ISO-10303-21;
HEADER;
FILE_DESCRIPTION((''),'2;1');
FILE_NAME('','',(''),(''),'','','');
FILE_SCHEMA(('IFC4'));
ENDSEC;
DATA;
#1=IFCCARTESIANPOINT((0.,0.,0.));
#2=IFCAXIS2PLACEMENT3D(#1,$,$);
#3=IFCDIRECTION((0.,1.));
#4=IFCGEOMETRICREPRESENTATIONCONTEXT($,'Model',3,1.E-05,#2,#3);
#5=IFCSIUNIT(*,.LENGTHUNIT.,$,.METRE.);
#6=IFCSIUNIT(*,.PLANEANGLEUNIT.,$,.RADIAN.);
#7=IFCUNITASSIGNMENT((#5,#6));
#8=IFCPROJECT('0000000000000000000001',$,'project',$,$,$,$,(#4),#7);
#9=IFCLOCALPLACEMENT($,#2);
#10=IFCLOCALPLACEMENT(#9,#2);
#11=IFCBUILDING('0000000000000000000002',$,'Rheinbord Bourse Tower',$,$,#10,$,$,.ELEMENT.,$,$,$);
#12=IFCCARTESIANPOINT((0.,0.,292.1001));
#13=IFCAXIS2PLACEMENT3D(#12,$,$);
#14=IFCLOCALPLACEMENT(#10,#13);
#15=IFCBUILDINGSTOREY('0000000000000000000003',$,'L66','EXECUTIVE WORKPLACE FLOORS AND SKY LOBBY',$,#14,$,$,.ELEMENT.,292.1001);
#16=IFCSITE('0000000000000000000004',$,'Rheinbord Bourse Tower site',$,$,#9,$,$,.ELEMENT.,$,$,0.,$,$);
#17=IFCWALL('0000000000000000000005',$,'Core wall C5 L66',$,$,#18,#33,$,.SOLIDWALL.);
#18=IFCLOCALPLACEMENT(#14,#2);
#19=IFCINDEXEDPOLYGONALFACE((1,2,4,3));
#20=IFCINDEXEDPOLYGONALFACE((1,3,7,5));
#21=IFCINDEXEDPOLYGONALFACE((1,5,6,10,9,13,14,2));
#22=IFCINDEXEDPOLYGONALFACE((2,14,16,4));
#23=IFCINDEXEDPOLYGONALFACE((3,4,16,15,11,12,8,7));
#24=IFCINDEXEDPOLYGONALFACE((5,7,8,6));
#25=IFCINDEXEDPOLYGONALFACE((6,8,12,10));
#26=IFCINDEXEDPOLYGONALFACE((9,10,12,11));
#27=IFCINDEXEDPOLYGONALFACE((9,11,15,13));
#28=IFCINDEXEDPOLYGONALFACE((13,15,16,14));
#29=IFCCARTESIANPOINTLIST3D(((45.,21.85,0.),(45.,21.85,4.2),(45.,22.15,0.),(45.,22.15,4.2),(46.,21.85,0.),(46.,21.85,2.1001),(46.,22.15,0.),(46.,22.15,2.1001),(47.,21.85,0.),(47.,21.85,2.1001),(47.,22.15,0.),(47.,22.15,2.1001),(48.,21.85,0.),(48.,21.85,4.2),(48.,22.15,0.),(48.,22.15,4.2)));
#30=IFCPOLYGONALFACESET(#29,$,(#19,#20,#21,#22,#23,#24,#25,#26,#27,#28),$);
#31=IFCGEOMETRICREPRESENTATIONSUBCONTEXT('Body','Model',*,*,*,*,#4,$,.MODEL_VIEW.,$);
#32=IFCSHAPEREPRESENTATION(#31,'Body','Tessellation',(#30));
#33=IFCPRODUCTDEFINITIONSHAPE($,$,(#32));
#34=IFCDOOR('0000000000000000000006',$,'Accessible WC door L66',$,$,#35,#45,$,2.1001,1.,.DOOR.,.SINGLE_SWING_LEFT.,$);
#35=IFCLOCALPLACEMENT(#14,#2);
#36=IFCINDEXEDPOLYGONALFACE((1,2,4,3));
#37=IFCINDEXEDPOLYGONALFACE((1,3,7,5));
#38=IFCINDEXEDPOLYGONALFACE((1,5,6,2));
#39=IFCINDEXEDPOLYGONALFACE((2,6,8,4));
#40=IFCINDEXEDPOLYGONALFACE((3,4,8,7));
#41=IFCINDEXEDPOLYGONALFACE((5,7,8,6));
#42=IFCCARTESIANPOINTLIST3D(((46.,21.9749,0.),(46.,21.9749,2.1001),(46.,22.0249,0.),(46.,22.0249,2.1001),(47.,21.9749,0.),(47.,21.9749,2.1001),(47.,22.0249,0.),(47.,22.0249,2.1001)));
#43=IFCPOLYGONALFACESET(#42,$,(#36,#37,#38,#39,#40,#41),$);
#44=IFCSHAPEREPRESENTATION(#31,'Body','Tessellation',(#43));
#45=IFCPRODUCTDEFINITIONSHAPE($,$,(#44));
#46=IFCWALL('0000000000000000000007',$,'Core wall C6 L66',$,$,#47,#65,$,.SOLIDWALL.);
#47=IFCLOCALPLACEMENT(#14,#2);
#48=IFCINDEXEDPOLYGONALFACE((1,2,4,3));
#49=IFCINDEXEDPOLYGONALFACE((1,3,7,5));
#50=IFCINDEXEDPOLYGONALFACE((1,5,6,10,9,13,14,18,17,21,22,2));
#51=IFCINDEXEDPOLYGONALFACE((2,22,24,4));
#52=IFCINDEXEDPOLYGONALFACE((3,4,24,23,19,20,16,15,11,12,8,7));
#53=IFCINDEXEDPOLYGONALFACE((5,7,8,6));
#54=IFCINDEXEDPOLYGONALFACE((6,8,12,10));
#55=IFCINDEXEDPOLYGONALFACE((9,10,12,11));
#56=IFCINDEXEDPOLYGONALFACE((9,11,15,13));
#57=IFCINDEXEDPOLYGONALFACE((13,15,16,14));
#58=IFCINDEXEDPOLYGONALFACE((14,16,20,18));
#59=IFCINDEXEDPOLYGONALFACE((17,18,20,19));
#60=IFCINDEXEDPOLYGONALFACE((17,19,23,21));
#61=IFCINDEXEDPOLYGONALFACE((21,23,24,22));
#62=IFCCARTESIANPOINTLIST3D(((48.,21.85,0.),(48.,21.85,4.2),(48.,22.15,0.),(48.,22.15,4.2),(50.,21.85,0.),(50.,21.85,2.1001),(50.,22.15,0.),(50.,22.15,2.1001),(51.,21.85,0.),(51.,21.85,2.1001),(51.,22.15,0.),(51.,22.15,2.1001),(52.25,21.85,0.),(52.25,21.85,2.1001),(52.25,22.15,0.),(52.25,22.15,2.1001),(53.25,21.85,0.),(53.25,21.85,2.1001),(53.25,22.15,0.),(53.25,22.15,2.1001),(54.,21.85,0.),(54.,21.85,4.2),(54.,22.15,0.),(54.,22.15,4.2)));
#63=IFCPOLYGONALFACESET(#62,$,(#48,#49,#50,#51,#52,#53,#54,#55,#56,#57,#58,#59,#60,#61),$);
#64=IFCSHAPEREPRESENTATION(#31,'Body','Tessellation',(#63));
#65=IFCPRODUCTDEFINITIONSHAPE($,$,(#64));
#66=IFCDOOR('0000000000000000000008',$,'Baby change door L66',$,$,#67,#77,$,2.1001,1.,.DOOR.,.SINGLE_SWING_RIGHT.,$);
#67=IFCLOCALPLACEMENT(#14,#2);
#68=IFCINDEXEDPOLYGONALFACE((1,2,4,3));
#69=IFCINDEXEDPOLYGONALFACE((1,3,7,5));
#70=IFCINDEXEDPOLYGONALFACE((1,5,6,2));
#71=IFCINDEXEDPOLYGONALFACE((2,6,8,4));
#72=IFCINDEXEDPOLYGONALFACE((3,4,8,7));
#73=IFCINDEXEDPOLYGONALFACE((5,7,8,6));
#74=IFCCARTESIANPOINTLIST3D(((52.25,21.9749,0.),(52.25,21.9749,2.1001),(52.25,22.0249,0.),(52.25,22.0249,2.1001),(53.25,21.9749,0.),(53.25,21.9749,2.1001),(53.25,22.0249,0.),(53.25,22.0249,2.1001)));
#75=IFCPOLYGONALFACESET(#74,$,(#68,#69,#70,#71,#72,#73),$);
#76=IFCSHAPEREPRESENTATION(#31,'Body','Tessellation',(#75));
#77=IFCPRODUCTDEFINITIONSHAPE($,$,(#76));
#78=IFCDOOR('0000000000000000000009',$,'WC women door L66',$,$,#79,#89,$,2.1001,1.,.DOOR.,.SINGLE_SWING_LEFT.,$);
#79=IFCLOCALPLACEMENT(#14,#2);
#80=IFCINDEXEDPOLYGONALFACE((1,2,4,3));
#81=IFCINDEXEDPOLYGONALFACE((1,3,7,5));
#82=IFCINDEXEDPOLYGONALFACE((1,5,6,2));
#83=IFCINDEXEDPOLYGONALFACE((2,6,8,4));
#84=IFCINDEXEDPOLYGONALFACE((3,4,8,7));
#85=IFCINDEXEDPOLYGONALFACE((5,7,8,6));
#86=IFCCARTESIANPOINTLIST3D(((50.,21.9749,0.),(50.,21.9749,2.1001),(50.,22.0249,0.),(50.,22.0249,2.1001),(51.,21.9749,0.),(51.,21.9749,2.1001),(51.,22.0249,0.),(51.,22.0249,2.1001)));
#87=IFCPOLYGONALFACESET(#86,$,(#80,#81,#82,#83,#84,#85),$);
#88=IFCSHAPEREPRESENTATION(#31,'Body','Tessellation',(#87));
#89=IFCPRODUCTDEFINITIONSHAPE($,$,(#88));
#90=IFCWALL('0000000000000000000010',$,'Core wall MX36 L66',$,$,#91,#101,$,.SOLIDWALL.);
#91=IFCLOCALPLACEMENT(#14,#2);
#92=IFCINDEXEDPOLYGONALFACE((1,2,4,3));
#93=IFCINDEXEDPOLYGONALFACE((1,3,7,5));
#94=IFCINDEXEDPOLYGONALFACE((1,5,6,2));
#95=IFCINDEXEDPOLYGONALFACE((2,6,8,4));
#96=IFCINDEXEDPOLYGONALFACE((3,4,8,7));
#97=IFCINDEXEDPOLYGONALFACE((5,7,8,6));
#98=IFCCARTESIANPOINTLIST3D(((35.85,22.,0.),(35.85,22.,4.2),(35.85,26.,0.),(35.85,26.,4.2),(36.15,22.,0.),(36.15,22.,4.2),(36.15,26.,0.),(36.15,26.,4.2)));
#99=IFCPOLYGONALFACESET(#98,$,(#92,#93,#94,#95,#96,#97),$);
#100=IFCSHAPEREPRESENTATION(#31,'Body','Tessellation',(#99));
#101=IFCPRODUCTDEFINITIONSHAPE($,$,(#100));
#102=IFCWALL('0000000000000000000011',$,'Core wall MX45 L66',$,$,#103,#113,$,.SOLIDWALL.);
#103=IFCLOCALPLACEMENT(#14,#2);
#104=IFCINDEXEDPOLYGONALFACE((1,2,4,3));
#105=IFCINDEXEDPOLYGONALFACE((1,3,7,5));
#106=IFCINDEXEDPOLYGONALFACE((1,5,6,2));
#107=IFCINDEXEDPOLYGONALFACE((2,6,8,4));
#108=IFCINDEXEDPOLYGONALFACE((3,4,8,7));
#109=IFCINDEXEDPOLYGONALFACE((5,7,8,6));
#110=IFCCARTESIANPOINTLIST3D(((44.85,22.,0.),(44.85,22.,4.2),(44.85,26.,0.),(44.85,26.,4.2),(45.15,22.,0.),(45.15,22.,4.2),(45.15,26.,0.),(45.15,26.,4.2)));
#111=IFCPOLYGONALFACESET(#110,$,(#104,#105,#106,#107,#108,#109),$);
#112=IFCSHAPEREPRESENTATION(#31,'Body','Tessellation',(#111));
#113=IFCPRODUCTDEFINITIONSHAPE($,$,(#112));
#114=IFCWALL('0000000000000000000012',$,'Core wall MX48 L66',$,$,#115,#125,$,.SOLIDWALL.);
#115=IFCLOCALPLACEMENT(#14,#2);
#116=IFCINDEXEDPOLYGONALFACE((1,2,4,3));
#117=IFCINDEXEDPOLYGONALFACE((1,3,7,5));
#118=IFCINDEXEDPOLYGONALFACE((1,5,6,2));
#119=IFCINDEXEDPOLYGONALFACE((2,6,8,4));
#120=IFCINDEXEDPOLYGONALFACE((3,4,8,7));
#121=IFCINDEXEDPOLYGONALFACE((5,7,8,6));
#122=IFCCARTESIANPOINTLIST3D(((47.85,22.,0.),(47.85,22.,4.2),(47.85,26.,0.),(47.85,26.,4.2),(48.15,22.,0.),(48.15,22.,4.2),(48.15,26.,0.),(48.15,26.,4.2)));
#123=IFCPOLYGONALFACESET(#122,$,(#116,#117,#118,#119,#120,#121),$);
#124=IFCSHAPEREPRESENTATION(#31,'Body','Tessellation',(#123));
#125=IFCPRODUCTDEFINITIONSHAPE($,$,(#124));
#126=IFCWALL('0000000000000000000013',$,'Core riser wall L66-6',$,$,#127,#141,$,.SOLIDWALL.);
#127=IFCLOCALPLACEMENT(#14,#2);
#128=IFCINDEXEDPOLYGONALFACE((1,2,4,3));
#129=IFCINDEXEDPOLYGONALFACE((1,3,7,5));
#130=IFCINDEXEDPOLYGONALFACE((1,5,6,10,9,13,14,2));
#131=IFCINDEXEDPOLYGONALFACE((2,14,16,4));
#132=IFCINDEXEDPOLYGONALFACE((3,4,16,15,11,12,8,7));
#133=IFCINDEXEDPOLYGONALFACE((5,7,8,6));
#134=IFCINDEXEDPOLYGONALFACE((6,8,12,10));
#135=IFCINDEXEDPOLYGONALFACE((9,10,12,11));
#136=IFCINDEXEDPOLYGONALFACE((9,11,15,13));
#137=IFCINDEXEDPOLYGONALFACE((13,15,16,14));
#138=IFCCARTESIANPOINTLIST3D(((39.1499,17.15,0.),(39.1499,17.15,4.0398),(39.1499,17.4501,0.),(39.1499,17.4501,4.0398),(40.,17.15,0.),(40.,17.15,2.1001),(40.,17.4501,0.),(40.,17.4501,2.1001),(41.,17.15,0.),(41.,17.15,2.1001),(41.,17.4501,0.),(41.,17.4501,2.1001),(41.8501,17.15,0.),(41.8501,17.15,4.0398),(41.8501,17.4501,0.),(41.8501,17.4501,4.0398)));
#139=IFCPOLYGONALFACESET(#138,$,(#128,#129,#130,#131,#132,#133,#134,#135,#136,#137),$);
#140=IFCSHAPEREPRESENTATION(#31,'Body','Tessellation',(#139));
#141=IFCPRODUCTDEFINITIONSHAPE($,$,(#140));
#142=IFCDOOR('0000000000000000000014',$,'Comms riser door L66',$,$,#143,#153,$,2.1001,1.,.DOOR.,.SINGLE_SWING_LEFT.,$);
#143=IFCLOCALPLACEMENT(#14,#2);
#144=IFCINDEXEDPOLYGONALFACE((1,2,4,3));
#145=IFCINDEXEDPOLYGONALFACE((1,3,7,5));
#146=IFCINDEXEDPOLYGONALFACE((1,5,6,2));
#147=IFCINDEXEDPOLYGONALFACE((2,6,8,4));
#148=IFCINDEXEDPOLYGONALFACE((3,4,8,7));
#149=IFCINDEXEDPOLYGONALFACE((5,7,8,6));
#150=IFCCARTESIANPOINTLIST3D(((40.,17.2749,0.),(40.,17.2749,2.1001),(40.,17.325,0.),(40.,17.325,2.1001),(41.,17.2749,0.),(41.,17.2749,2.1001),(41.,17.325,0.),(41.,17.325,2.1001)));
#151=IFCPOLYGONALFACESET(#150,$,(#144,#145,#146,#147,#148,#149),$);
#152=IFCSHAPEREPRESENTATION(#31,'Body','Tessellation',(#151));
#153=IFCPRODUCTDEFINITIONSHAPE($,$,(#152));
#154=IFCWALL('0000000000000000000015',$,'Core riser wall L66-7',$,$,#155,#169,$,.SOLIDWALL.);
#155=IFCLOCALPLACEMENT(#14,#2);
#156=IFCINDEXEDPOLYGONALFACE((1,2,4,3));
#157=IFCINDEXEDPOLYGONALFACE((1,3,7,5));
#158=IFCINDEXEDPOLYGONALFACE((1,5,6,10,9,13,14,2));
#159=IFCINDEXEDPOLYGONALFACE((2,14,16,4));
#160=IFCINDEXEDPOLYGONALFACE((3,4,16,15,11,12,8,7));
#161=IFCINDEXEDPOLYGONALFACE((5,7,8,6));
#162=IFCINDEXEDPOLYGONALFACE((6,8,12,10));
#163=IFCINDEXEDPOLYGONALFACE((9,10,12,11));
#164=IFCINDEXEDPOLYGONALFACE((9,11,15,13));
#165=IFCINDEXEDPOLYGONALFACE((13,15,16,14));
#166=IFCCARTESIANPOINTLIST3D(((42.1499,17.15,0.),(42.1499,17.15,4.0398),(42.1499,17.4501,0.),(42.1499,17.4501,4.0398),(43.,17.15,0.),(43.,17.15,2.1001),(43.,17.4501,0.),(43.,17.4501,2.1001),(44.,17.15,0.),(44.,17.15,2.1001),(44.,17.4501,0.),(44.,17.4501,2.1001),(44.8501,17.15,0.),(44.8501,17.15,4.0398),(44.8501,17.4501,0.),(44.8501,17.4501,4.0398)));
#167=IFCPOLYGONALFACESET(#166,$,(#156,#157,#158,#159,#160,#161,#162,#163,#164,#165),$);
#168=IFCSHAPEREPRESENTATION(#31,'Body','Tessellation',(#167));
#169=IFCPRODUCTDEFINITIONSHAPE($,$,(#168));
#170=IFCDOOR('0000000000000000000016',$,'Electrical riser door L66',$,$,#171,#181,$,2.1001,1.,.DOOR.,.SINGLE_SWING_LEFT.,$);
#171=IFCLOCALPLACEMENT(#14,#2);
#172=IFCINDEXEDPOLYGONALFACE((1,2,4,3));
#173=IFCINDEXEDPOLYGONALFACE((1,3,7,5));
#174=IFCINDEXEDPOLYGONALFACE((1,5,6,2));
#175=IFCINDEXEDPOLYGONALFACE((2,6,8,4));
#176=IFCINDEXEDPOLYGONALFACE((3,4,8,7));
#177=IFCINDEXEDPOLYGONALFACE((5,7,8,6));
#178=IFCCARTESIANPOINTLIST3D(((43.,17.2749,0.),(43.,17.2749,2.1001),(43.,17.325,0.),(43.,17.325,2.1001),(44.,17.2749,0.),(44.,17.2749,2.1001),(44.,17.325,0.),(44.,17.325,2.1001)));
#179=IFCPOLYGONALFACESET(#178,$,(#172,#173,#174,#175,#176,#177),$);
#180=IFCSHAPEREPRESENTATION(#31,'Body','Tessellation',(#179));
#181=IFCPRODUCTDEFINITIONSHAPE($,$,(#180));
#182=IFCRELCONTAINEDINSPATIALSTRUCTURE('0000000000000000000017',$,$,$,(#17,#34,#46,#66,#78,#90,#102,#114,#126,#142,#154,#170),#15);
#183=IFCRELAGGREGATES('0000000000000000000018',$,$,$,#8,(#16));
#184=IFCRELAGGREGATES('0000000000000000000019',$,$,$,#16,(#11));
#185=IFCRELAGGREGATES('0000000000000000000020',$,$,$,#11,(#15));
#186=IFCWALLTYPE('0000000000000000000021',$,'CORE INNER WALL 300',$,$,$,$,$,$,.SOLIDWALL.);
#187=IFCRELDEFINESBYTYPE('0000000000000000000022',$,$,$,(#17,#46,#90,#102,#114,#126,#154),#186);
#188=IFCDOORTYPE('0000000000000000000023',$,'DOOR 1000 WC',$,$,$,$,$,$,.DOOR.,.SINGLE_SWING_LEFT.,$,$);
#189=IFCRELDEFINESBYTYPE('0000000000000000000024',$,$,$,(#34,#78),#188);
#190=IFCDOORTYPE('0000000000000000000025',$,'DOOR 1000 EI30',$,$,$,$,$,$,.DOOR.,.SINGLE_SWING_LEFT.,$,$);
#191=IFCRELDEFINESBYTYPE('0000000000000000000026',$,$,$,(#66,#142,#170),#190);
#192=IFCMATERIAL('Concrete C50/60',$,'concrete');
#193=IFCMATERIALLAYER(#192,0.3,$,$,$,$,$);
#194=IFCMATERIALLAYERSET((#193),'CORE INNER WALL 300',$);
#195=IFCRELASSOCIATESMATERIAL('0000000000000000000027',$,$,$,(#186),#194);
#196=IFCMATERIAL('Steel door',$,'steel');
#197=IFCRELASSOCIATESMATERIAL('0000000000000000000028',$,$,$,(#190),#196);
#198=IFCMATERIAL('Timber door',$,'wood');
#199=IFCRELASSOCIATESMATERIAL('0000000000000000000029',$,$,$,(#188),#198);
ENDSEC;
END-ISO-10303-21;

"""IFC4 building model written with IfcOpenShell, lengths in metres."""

from ifc_helpers import new_model, si_unit, direction, frame, frame_2d, origin, place, context, subcontext, project, spatial, rectangle, extrude, material, layer, layer_set, type_object, element, fill, save


model = new_model("IFC4")

# Units and contexts
model_context = context("Model", 3, precision=1e-05, world=origin(), true_north=direction((0.0, 1.0)))
body_context = subcontext(model_context, "Body", "Model", "MODEL_VIEW")
ifc_project = project(units=[si_unit("LENGTHUNIT", "METRE"), si_unit("PLANEANGLEUNIT", "RADIAN")], contexts=[model_context])

# Site, building, storey
site_placement = place(None, origin())
site = spatial("IfcSite", under=ifc_project, at=site_placement, Name="Rheinbord Bourse Tower site", CompositionType="ELEMENT", RefElevation=0.0)
building_placement = place(site_placement, origin())
building = spatial("IfcBuilding", under=site, at=building_placement, Name="Rheinbord Bourse Tower", CompositionType="ELEMENT")
storey_placement = place(building_placement, frame((0.0, 0.0, 292.1001)))
storey = spatial("IfcBuildingStorey", under=building, at=storey_placement, Name="L66", Description="EXECUTIVE WORKPLACE FLOORS AND SKY LOBBY", CompositionType="ELEMENT", Elevation=292.1001)

# Wall, opening, door
ifc_material_1 = material(Name="Concrete C50/60", Category="concrete")
ifc_layer_1 = layer(ifc_material_1, 0.3)
ifc_layer_set_1 = layer_set([ifc_layer_1], Name="CORE INNER WALL 300")
wall_type_1 = type_object("IfcWallType", Name="CORE INNER WALL 300", PredefinedType="SOLIDWALL", material=ifc_layer_set_1)
ifc_material_2 = material(Name="Steel door", Category="steel")
door_type_1 = type_object("IfcDoorType", Name="DOOR 1000 EI30", OperationType="SINGLE_SWING_LEFT", PredefinedType="DOOR", material=ifc_material_2)
wall_1_placement = place(storey_placement, frame((45.0, 22.0, 0.0), z_axis=(0.0, 0.0, 1.0), x_axis=(1.0, 0.0, 0.0)))
wall_1 = element("IfcWall", 1, at=wall_1_placement, inside=storey, type_object=wall_type_1, Name="Core wall C5 L66", PredefinedType="SOLIDWALL", context=body_context, shape_type="SweptSolid", body=[
    extrude(rectangle(XDim=3.0, YDim=0.3, at=frame_2d((1.5, 0.0))), origin(), (0.0, 0.0, 1.0), 4.2),
])
opening_1_placement = place(wall_1_placement, frame((1.0, 0.0, 0.0)))
opening_1 = element("IfcOpeningElement", 2, at=opening_1_placement, cuts=wall_1, PredefinedType="OPENING", context=body_context, shape_type="SweptSolid", body=[
    extrude(rectangle(XDim=1.0, YDim=2.1001, at=frame_2d((0.5, 1.05))), frame((0.0, 0.1599, 0.0), z_axis=(0.0, -1.0, 0.0), x_axis=(1.0, 0.0, 0.0)), (0.0, 0.0, 1.0), 0.3201),
])
ifc_material_3 = material(Name="Timber door", Category="wood")
door_type_2 = type_object("IfcDoorType", Name="DOOR 1000 WC", OperationType="SINGLE_SWING_LEFT", PredefinedType="DOOR", material=ifc_material_3)
door_1_placement = place(opening_1_placement, origin())
door_1 = element("IfcDoor", 3, at=door_1_placement, inside=storey, type_object=door_type_2, Name="Accessible WC door L66", OperationType="SINGLE_SWING_LEFT", OverallHeight=2.1001, OverallWidth=1.0, PredefinedType="DOOR", context=body_context, shape_type="SweptSolid", body=[
    extrude(rectangle(XDim=1.0, YDim=2.1001, at=frame_2d((0.5, 1.05))), frame((0.0, 0.0249, 0.0), z_axis=(0.0, -1.0, 0.0), x_axis=(1.0, 0.0, 0.0)), (0.0, 0.0, 1.0), 0.05),
])
fill(opening_1, door_1)

# Wall, openings, doors
wall_2_placement = place(storey_placement, frame((48.0, 22.0, 0.0), z_axis=(0.0, 0.0, 1.0), x_axis=(1.0, 0.0, 0.0)))
wall_2 = element("IfcWall", 4, at=wall_2_placement, inside=storey, type_object=wall_type_1, Name="Core wall C6 L66", PredefinedType="SOLIDWALL", context=body_context, shape_type="SweptSolid", body=[
    extrude(rectangle(XDim=6.0, YDim=0.3, at=frame_2d((3.0, 0.0))), origin(), (0.0, 0.0, 1.0), 4.2),
])
opening_2_placement = place(wall_2_placement, frame((2.0, 0.0, 0.0)))
opening_2 = element("IfcOpeningElement", 5, at=opening_2_placement, cuts=wall_2, PredefinedType="OPENING", context=body_context, shape_type="SweptSolid", body=[
    extrude(rectangle(XDim=1.0, YDim=2.1001, at=frame_2d((0.5, 1.05))), frame((0.0, 0.1599, 0.0), z_axis=(0.0, -1.0, 0.0), x_axis=(1.0, 0.0, 0.0)), (0.0, 0.0, 1.0), 0.3201),
])
opening_3_placement = place(wall_2_placement, frame((4.25, 0.0, 0.0)))
opening_3 = element("IfcOpeningElement", 6, at=opening_3_placement, cuts=wall_2, PredefinedType="OPENING", context=body_context, shape_type="SweptSolid", body=[
    extrude(rectangle(XDim=1.0, YDim=2.1001, at=frame_2d((0.5, 1.05))), frame((0.0, 0.1599, 0.0), z_axis=(0.0, -1.0, 0.0), x_axis=(1.0, 0.0, 0.0)), (0.0, 0.0, 1.0), 0.3201),
])
door_2_placement = place(opening_3_placement, origin())
door_2 = element("IfcDoor", 7, at=door_2_placement, inside=storey, type_object=door_type_1, Name="Baby change door L66", OperationType="SINGLE_SWING_RIGHT", OverallHeight=2.1001, OverallWidth=1.0, PredefinedType="DOOR", context=body_context, shape_type="SweptSolid", body=[
    extrude(rectangle(XDim=1.0, YDim=2.1001, at=frame_2d((0.5, 1.05))), frame((0.0, 0.0249, 0.0), z_axis=(0.0, -1.0, 0.0), x_axis=(1.0, 0.0, 0.0)), (0.0, 0.0, 1.0), 0.05),
])
fill(opening_3, door_2)
door_3_placement = place(opening_2_placement, origin())
door_3 = element("IfcDoor", 8, at=door_3_placement, inside=storey, type_object=door_type_2, Name="WC women door L66", OperationType="SINGLE_SWING_LEFT", OverallHeight=2.1001, OverallWidth=1.0, PredefinedType="DOOR", context=body_context, shape_type="SweptSolid", body=[
    extrude(rectangle(XDim=1.0, YDim=2.1001, at=frame_2d((0.5, 1.05))), frame((0.0, 0.0249, 0.0), z_axis=(0.0, -1.0, 0.0), x_axis=(1.0, 0.0, 0.0)), (0.0, 0.0, 1.0), 0.05),
])
fill(opening_2, door_3)

# Walls
for number, where, z_axis, x_axis, name in (
    (9, (36.0, 22.0, 0.0), (0.0, 0.0, 1.0), (0.0, 1.0, 0.0), "Core wall MX36 L66"),
    (10, (45.0, 22.0, 0.0), (0.0, 0.0, 1.0), (0.0, 1.0, 0.0), "Core wall MX45 L66"),
    (11, (48.0, 22.0, 0.0), (0.0, 0.0, 1.0), (0.0, 1.0, 0.0), "Core wall MX48 L66"),
):
    element("IfcWall", number, at=place(storey_placement, frame(where, z_axis=z_axis, x_axis=x_axis)), inside=storey, type_object=wall_type_1, Name=name, PredefinedType="SOLIDWALL", context=body_context, shape_type="SweptSolid", body=[
        extrude(rectangle(XDim=4.0, YDim=0.3, at=frame_2d((2.0, 0.0))), origin(), (0.0, 0.0, 1.0), 4.2),
    ])

# Walls, openings, doors
wall_3_placement = place(storey_placement, frame((39.1499, 17.3, 0.0), z_axis=(0.0, 0.0, 1.0), x_axis=(1.0, 0.0, 0.0)))
wall_3 = element("IfcWall", 12, at=wall_3_placement, inside=storey, type_object=wall_type_1, Name="Core riser wall L66-6", PredefinedType="SOLIDWALL", context=body_context, shape_type="SweptSolid", body=[
    extrude(rectangle(XDim=2.7002, YDim=0.3, at=frame_2d((1.3501, 0.0))), origin(), (0.0, 0.0, 1.0), 4.0398),
])
opening_4_placement = place(wall_3_placement, frame((0.8501, 0.0, 0.0)))
opening_4 = element("IfcOpeningElement", 13, at=opening_4_placement, cuts=wall_3, PredefinedType="OPENING", context=body_context, shape_type="SweptSolid", body=[
    extrude(rectangle(XDim=1.0, YDim=2.1001, at=frame_2d((0.5, 1.05))), frame((0.0, 0.1599, 0.0), z_axis=(0.0, -1.0, 0.0), x_axis=(1.0, 0.0, 0.0)), (0.0, 0.0, 1.0), 0.3201),
])
door_4_placement = place(opening_4_placement, origin())
door_4 = element("IfcDoor", 14, at=door_4_placement, inside=storey, type_object=door_type_1, Name="Comms riser door L66", OperationType="SINGLE_SWING_LEFT", OverallHeight=2.1001, OverallWidth=1.0, PredefinedType="DOOR", context=body_context, shape_type="SweptSolid", body=[
    extrude(rectangle(XDim=1.0, YDim=2.1001, at=frame_2d((0.5, 1.05))), frame((0.0, 0.0249, 0.0), z_axis=(0.0, -1.0, 0.0), x_axis=(1.0, 0.0, 0.0)), (0.0, 0.0, 1.0), 0.05),
])
fill(opening_4, door_4)
wall_4_placement = place(storey_placement, frame((42.1499, 17.3, 0.0), z_axis=(0.0, 0.0, 1.0), x_axis=(1.0, 0.0, 0.0)))
wall_4 = element("IfcWall", 15, at=wall_4_placement, inside=storey, type_object=wall_type_1, Name="Core riser wall L66-7", PredefinedType="SOLIDWALL", context=body_context, shape_type="SweptSolid", body=[
    extrude(rectangle(XDim=2.7002, YDim=0.3, at=frame_2d((1.3501, 0.0))), origin(), (0.0, 0.0, 1.0), 4.0398),
])
opening_5_placement = place(wall_4_placement, frame((0.8501, 0.0, 0.0)))
opening_5 = element("IfcOpeningElement", 16, at=opening_5_placement, cuts=wall_4, PredefinedType="OPENING", context=body_context, shape_type="SweptSolid", body=[
    extrude(rectangle(XDim=1.0, YDim=2.1001, at=frame_2d((0.5, 1.05))), frame((0.0, 0.1599, 0.0), z_axis=(0.0, -1.0, 0.0), x_axis=(1.0, 0.0, 0.0)), (0.0, 0.0, 1.0), 0.3201),
])
door_5_placement = place(opening_5_placement, origin())
door_5 = element("IfcDoor", 17, at=door_5_placement, inside=storey, type_object=door_type_1, Name="Electrical riser door L66", OperationType="SINGLE_SWING_LEFT", OverallHeight=2.1001, OverallWidth=1.0, PredefinedType="DOOR", context=body_context, shape_type="SweptSolid", body=[
    extrude(rectangle(XDim=1.0, YDim=2.1001, at=frame_2d((0.5, 1.05))), frame((0.0, 0.0249, 0.0), z_axis=(0.0, -1.0, 0.0), x_axis=(1.0, 0.0, 0.0)), (0.0, 0.0, 1.0), 0.05),
])
fill(opening_5, door_5)

save(model, "model.ifc")
